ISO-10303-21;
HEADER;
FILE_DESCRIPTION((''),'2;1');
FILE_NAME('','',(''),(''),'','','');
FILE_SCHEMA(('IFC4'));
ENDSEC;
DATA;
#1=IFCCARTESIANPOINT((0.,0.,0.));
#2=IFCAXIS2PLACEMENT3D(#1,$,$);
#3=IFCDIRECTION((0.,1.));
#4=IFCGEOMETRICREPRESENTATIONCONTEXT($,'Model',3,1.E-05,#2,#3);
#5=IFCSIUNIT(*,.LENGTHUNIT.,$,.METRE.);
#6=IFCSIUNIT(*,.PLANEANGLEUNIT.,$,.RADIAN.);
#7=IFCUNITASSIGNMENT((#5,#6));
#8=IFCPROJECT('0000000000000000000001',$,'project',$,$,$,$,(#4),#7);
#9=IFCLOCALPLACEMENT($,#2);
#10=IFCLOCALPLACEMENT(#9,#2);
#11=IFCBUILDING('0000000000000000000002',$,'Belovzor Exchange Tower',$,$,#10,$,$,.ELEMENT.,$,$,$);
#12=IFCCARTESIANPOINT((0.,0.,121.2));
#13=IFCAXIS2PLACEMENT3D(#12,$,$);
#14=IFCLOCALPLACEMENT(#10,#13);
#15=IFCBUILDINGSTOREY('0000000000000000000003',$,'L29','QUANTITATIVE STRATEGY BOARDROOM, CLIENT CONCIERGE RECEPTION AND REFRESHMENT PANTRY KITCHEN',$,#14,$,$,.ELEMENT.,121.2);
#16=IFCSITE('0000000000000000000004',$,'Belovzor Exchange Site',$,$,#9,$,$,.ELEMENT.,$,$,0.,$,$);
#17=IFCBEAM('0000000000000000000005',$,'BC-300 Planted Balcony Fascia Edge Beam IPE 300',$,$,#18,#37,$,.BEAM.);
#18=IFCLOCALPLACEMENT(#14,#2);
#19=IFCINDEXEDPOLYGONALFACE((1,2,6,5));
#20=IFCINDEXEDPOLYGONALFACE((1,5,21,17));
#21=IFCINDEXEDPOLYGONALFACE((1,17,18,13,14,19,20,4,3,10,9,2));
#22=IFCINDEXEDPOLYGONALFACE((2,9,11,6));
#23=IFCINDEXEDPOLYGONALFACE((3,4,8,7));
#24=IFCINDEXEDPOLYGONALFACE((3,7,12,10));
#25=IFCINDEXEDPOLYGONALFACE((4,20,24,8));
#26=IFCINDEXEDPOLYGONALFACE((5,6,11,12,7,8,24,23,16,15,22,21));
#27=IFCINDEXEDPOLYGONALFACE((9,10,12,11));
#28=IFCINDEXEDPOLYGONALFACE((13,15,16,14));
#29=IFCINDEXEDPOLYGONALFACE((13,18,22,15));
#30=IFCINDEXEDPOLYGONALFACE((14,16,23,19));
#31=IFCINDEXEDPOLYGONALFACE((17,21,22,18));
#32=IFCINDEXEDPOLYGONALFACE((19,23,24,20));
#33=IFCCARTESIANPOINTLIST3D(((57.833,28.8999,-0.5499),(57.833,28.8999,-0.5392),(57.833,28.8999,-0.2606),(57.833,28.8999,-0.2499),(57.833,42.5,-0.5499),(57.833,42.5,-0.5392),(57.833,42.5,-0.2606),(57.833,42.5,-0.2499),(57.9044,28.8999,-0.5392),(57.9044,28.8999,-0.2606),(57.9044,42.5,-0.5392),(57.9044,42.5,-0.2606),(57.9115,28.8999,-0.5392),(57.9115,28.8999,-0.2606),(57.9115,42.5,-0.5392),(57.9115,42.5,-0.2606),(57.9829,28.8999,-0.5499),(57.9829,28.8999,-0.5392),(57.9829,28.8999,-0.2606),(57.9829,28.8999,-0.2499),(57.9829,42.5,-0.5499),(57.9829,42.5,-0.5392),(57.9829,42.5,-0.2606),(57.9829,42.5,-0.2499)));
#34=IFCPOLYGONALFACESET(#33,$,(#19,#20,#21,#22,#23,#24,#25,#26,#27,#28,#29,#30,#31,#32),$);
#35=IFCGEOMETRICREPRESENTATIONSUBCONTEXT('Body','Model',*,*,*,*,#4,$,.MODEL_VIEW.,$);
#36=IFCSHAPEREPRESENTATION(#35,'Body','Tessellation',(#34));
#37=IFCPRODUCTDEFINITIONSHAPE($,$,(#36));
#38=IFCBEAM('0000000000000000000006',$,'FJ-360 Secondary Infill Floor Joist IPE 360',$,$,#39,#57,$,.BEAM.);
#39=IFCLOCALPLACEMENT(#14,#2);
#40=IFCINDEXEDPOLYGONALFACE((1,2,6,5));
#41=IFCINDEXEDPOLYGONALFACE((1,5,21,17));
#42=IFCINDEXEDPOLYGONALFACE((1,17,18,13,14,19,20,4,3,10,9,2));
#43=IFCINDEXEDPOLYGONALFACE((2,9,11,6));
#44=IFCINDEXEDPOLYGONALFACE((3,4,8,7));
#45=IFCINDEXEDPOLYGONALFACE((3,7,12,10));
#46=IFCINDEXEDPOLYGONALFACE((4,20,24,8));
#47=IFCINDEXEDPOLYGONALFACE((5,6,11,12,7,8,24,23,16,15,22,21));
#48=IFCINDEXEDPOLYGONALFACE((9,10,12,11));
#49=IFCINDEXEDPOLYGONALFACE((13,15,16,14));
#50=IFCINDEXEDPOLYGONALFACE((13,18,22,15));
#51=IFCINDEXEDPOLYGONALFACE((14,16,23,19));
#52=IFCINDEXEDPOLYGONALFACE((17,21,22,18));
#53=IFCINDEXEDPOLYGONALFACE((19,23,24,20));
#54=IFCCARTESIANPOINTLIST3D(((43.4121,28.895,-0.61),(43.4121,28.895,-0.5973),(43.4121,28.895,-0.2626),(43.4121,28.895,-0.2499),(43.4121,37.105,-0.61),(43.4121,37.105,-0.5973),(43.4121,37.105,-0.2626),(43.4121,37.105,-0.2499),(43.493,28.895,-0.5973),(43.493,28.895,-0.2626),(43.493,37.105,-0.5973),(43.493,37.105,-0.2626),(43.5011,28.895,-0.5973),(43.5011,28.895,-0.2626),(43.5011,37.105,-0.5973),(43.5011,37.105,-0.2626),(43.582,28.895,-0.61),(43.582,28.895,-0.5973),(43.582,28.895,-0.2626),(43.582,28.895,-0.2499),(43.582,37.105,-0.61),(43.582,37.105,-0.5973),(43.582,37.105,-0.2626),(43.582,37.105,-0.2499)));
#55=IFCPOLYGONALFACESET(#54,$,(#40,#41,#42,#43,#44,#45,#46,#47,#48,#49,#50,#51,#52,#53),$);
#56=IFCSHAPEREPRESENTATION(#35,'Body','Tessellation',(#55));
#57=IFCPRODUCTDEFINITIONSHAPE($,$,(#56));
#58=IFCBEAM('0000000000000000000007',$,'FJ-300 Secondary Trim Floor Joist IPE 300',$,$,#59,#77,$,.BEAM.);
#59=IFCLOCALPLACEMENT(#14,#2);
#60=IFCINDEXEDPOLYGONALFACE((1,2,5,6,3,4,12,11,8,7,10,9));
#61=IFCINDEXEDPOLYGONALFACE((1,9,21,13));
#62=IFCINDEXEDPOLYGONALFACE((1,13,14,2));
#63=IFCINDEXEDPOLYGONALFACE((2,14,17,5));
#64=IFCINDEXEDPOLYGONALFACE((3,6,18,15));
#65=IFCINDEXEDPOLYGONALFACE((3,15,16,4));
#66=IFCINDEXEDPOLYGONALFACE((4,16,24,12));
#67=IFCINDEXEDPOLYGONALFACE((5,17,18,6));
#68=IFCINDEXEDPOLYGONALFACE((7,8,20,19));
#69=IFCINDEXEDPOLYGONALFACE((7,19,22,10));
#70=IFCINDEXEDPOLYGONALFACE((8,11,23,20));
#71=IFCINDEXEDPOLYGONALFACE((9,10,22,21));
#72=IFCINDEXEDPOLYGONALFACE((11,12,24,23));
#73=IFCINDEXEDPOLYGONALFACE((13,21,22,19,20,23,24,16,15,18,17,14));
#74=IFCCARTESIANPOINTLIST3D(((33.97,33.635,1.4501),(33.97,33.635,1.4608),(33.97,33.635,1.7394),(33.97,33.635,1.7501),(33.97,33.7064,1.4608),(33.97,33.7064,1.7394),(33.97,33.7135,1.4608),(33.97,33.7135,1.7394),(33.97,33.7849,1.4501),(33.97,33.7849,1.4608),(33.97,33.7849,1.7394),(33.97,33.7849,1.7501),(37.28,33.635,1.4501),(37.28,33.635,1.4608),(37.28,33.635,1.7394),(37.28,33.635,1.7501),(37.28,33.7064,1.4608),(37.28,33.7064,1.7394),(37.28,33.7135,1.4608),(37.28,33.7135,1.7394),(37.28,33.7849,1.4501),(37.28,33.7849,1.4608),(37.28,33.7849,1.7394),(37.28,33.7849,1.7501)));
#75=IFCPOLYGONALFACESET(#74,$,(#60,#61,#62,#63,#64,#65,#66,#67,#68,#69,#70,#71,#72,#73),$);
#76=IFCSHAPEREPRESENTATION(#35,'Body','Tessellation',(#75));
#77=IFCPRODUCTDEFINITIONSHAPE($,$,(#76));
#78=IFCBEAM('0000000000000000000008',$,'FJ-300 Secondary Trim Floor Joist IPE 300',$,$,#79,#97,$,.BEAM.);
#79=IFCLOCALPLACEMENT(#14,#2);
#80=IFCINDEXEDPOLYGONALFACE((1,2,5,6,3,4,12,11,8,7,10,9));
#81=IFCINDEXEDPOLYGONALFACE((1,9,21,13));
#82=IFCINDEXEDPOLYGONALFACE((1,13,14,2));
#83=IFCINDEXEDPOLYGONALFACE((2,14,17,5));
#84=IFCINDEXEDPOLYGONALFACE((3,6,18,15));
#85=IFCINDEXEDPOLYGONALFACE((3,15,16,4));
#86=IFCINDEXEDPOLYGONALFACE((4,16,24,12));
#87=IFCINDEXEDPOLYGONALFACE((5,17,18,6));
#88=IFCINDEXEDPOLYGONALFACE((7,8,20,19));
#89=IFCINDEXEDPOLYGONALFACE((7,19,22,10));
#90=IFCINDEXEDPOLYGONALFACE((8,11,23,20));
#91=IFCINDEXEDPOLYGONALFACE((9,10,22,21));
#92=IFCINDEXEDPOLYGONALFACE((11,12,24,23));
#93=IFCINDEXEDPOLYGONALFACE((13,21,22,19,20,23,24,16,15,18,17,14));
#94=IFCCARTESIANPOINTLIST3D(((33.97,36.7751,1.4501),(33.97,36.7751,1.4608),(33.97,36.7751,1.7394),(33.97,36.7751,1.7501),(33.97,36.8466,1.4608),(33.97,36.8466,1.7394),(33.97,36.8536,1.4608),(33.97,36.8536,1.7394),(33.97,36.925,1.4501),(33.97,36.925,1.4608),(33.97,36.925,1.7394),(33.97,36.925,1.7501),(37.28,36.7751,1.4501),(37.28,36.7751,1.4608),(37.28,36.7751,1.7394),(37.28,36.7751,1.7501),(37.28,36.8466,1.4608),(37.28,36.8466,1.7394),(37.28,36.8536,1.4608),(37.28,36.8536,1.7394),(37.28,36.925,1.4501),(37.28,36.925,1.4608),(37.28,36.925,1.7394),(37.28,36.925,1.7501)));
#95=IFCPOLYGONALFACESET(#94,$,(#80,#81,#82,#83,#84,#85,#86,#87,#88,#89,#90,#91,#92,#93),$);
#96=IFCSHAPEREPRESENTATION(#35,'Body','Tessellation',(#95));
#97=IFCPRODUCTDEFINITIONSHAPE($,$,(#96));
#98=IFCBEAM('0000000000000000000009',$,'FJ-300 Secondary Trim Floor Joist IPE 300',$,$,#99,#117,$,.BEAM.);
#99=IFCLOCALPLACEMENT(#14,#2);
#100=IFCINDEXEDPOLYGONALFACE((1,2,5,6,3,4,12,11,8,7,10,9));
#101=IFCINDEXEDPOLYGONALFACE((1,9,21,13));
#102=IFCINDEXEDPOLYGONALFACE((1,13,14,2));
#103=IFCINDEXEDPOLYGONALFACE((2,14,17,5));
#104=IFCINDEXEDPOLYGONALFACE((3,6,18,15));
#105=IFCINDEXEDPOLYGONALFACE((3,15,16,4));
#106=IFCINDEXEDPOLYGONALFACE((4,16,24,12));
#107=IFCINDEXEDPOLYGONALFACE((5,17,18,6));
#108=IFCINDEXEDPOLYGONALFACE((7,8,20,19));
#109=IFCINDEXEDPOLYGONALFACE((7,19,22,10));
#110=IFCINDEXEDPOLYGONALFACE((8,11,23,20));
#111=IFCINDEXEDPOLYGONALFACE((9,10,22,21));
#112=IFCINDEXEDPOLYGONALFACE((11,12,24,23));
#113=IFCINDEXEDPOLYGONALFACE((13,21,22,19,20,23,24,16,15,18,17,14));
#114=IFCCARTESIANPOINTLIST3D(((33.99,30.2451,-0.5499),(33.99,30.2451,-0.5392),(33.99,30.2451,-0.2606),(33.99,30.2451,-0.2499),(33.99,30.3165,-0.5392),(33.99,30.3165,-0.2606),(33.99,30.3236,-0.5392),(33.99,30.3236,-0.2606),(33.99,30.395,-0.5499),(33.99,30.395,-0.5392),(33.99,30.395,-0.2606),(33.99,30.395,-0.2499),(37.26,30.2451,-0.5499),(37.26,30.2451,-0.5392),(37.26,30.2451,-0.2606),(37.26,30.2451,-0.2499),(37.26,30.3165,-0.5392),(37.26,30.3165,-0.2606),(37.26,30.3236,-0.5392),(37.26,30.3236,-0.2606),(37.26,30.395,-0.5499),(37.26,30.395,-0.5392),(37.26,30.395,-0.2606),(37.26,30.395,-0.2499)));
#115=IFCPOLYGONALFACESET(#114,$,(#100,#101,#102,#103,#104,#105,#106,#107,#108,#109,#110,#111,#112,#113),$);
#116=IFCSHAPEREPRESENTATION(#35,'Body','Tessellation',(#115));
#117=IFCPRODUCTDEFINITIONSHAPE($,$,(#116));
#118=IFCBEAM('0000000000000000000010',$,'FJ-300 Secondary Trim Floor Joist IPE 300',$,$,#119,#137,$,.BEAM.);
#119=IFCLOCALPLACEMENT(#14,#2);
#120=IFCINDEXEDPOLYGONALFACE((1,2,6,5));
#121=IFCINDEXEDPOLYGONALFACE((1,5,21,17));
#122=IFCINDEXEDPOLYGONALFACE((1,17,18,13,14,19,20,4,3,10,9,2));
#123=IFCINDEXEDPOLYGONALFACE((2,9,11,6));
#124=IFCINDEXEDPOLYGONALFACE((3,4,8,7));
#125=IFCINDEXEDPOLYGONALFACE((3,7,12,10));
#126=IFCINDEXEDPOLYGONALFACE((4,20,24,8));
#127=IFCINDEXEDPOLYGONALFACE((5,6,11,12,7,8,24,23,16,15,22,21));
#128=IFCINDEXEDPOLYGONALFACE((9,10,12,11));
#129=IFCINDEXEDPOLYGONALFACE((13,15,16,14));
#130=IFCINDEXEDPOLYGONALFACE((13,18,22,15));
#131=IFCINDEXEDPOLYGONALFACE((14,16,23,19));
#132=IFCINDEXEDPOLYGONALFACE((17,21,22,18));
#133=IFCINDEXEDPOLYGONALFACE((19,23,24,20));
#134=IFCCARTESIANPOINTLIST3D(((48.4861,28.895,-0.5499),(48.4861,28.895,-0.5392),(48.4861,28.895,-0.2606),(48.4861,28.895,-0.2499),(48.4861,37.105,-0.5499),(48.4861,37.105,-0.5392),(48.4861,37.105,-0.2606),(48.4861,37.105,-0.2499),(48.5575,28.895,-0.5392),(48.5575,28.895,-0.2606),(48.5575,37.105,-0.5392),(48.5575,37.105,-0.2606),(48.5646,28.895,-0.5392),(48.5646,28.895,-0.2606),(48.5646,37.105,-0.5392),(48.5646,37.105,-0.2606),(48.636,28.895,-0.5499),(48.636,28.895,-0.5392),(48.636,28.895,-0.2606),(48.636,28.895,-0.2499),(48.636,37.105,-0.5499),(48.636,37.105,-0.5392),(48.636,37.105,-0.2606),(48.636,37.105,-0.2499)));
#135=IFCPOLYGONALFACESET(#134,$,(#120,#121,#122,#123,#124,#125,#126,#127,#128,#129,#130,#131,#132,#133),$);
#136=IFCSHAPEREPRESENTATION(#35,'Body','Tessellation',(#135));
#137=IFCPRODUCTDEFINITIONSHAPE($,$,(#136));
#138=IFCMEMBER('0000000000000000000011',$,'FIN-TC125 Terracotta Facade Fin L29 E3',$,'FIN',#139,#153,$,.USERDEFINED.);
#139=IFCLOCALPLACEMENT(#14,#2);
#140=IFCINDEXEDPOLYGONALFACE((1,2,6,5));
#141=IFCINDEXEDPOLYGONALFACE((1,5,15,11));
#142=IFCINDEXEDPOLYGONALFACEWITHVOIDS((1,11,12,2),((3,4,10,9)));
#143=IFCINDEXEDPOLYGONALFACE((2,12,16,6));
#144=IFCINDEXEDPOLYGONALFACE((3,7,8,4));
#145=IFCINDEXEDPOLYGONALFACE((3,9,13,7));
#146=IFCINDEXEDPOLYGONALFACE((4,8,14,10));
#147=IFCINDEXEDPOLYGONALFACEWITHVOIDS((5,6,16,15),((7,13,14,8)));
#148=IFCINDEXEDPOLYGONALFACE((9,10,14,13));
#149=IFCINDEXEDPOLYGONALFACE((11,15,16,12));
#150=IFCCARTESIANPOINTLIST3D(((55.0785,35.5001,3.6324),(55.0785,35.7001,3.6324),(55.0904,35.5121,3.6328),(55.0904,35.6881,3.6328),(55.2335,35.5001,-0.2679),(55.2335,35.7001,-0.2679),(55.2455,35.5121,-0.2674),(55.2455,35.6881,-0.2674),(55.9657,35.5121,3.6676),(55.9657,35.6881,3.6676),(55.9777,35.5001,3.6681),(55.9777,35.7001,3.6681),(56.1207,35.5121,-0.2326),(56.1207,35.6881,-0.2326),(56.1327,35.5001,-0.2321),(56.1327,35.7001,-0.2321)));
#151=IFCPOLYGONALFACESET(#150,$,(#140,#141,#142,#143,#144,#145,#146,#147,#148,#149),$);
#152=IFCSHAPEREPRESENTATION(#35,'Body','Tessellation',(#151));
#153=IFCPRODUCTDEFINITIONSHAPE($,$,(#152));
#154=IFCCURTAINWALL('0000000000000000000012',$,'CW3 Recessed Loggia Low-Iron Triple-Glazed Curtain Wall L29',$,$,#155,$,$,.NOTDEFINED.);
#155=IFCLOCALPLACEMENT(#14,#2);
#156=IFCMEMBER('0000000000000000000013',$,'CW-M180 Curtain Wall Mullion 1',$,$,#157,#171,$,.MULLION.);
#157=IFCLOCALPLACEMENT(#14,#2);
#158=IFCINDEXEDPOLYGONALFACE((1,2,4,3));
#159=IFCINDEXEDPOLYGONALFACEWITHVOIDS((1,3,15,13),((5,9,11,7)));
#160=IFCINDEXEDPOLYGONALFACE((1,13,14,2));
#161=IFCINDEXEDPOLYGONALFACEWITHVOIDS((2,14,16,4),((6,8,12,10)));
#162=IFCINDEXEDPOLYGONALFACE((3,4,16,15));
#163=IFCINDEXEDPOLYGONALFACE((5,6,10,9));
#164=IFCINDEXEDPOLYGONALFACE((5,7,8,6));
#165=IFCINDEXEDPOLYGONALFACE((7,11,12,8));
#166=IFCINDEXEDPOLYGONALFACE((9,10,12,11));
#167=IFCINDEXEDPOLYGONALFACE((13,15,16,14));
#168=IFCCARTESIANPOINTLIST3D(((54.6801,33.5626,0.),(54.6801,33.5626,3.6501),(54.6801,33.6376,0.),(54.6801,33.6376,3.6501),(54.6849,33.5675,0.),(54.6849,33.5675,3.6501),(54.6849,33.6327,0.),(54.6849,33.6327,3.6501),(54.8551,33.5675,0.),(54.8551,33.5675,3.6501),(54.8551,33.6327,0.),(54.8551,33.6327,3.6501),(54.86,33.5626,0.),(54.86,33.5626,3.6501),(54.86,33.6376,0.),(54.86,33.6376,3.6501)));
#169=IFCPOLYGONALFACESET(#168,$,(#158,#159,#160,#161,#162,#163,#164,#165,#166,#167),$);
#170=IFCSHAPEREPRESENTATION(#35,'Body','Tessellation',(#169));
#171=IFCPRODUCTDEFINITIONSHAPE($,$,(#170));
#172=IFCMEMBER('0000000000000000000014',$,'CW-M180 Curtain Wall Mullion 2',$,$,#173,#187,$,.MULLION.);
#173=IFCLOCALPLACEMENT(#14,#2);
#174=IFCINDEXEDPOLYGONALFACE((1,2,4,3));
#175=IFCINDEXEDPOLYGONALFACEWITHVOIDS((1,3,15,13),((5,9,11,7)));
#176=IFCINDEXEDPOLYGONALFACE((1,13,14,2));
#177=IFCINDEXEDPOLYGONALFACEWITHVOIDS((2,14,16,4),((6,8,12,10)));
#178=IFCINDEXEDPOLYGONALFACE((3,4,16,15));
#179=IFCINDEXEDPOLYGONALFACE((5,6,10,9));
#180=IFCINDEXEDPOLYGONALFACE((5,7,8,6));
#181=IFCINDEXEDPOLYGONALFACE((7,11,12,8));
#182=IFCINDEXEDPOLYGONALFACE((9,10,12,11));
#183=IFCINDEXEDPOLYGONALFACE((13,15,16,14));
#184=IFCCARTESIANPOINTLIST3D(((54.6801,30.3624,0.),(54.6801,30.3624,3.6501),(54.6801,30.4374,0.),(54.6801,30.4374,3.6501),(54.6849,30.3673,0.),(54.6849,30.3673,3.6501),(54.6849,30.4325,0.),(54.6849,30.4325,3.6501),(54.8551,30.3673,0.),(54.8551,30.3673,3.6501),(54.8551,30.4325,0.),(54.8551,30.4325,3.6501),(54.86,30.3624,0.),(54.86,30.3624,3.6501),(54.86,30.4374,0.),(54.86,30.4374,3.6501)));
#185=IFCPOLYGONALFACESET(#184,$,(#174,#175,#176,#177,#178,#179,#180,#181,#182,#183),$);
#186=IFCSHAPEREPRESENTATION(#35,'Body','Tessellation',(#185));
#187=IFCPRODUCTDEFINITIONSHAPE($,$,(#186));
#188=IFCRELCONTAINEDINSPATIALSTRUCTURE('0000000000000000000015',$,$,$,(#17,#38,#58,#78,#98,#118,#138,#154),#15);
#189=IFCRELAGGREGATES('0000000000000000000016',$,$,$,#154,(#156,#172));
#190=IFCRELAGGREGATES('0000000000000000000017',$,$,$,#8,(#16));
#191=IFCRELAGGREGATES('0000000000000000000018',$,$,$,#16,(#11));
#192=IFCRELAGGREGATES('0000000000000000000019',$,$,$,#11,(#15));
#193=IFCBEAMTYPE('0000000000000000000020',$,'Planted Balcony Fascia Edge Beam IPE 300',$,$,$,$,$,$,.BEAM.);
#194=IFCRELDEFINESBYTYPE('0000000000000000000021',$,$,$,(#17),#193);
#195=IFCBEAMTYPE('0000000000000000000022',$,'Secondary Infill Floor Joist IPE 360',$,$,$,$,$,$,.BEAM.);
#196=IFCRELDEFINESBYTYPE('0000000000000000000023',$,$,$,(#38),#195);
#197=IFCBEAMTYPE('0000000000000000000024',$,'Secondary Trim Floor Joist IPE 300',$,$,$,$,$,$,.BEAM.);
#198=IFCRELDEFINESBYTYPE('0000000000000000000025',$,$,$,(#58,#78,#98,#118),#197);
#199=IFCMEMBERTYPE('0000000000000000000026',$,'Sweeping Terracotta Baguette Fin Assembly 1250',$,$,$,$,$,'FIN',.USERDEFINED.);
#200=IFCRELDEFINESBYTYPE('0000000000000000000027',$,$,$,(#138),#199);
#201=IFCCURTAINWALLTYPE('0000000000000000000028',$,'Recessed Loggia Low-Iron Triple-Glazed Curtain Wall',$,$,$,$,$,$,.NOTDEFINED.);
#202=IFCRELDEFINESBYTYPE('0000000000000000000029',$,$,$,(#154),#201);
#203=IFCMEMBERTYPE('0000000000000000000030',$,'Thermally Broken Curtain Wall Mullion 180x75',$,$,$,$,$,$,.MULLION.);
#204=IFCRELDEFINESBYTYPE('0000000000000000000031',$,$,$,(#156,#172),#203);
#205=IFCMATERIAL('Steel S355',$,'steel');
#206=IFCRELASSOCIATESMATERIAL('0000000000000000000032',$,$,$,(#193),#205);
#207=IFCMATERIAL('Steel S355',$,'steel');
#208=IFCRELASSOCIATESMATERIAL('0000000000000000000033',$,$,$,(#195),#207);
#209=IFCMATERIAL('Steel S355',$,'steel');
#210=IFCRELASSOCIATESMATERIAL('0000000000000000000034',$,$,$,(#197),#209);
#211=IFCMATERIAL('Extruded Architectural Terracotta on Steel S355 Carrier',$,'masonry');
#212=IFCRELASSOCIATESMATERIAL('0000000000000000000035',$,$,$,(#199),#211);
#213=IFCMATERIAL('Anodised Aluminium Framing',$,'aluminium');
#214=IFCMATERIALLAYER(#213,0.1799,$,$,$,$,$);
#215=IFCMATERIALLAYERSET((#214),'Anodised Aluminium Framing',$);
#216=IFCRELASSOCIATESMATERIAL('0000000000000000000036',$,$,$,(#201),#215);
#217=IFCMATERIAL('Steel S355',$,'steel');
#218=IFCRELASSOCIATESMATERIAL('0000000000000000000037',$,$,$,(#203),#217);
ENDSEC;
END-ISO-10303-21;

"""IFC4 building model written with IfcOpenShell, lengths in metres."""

from ifc_helpers import new_model, si_unit, direction, frame, origin, origin_2d, place, context, subcontext, project, spatial, hollow_rectangle, i_section, extrude, material, layer, layer_set, material_profile, profile_set, type_object, element, aggregate, save


model = new_model("IFC4")

# Units and contexts
model_context = context("Model", 3, precision=1e-05, world=origin(), true_north=direction((0.0, 1.0)))
body_context = subcontext(model_context, "Body", "Model", "MODEL_VIEW")
ifc_project = project(units=[si_unit("LENGTHUNIT", "METRE"), si_unit("PLANEANGLEUNIT", "RADIAN")], contexts=[model_context])

# Site, building, storey
site_placement = place(None, origin())
site = spatial("IfcSite", under=ifc_project, at=site_placement, Name="Belovzor Exchange Site", CompositionType="ELEMENT", RefElevation=0.0)
building_placement = place(site_placement, origin())
building = spatial("IfcBuilding", under=site, at=building_placement, Name="Belovzor Exchange Tower", CompositionType="ELEMENT")
storey_placement = place(building_placement, frame((0.0, 0.0, 121.2)))
storey = spatial("IfcBuildingStorey", under=building, at=storey_placement, Name="L29", Description="QUANTITATIVE STRATEGY BOARDROOM, CLIENT CONCIERGE RECEPTION AND REFRESHMENT PANTRY KITCHEN", CompositionType="ELEMENT", Elevation=121.2)

# Beams
ifc_material_1 = material(Name="Steel S355", Category="steel")
ifc_material_profile_1 = material_profile(ifc_material_1, i_section(OverallWidth=0.1499, OverallDepth=0.3, WebThickness=0.0071, FlangeThickness=0.0107, at=origin_2d()))
ifc_profile_set_1 = profile_set([ifc_material_profile_1], Name="Steel S355")
beam_type_1 = type_object("IfcBeamType", Name="Planted Balcony Fascia Edge Beam IPE 300", PredefinedType="BEAM", material=ifc_profile_set_1)
beam_1_placement = place(storey_placement, frame((57.908, 28.8999, -0.3999), z_axis=(0.0, 1.0, 0.0), x_axis=(-1.0, 0.0, 0.0)))
element("IfcBeam", 1, at=beam_1_placement, inside=storey, type_object=beam_type_1, Name="BC-300 Planted Balcony Fascia Edge Beam IPE 300", PredefinedType="BEAM", context=body_context, shape_type="SweptSolid", body=[
    extrude(i_section(OverallWidth=0.1499, OverallDepth=0.3, WebThickness=0.0071, FlangeThickness=0.0107, at=origin_2d()), origin(), (0.0, 0.0, 1.0), 13.6001),
])
ifc_material_2 = material(Name="Steel S355", Category="steel")
ifc_material_profile_2 = material_profile(ifc_material_2, i_section(OverallWidth=0.1699, OverallDepth=0.3601, WebThickness=0.0081, FlangeThickness=0.0127, at=origin_2d()))
ifc_profile_set_2 = profile_set([ifc_material_profile_2], Name="Steel S355")
beam_type_2 = type_object("IfcBeamType", Name="Secondary Infill Floor Joist IPE 360", PredefinedType="BEAM", material=ifc_profile_set_2)
beam_2_placement = place(storey_placement, frame((43.4971, 28.895, -0.4299), z_axis=(0.0, 1.0, 0.0), x_axis=(-1.0, 0.0, 0.0)))
element("IfcBeam", 2, at=beam_2_placement, inside=storey, type_object=beam_type_2, Name="FJ-360 Secondary Infill Floor Joist IPE 360", PredefinedType="BEAM", context=body_context, shape_type="SweptSolid", body=[
    extrude(i_section(OverallWidth=0.1699, OverallDepth=0.3601, WebThickness=0.0081, FlangeThickness=0.0127, at=origin_2d()), origin(), (0.0, 0.0, 1.0), 8.21),
])
ifc_material_3 = material(Name="Steel S355", Category="steel")
ifc_material_profile_3 = material_profile(ifc_material_3, i_section(OverallWidth=0.1499, OverallDepth=0.3, WebThickness=0.0071, FlangeThickness=0.0107, at=origin_2d()))
ifc_profile_set_3 = profile_set([ifc_material_profile_3], Name="Steel S355")
beam_type_3 = type_object("IfcBeamType", Name="Secondary Trim Floor Joist IPE 300", PredefinedType="BEAM", material=ifc_profile_set_3)
for number, where, z_axis, x_axis, name in (
    (3, (37.28, 33.71, 1.6001), (-1.0, 0.0, 0.0), (0.0, -1.0, 0.0), "FJ-300 Secondary Trim Floor Joist IPE 300"),
    (4, (37.28, 36.8501, 1.6001), (-1.0, 0.0, 0.0), (0.0, -1.0, 0.0), "FJ-300 Secondary Trim Floor Joist IPE 300"),
):
    element("IfcBeam", number, at=place(storey_placement, frame(where, z_axis=z_axis, x_axis=x_axis)), inside=storey, type_object=beam_type_3, Name=name, PredefinedType="BEAM", context=body_context, shape_type="SweptSolid", body=[
        extrude(i_section(OverallWidth=0.1499, OverallDepth=0.3, WebThickness=0.0071, FlangeThickness=0.0107, at=origin_2d()), origin(), (0.0, 0.0, 1.0), 3.3101),
    ])
beam_3_placement = place(storey_placement, frame((37.26, 30.3201, -0.3999), z_axis=(-1.0, 0.0, 0.0), x_axis=(0.0, -1.0, 0.0)))
element("IfcBeam", 5, at=beam_3_placement, inside=storey, type_object=beam_type_3, Name="FJ-300 Secondary Trim Floor Joist IPE 300", PredefinedType="BEAM", context=body_context, shape_type="SweptSolid", body=[
    extrude(i_section(OverallWidth=0.1499, OverallDepth=0.3, WebThickness=0.0071, FlangeThickness=0.0107, at=origin_2d()), origin(), (0.0, 0.0, 1.0), 3.27),
])
beam_4_placement = place(storey_placement, frame((48.561, 28.895, -0.3999), z_axis=(0.0, 1.0, 0.0), x_axis=(-1.0, 0.0, 0.0)))
element("IfcBeam", 6, at=beam_4_placement, inside=storey, type_object=beam_type_3, Name="FJ-300 Secondary Trim Floor Joist IPE 300", PredefinedType="BEAM", context=body_context, shape_type="SweptSolid", body=[
    extrude(i_section(OverallWidth=0.1499, OverallDepth=0.3, WebThickness=0.0071, FlangeThickness=0.0107, at=origin_2d()), origin(), (0.0, 0.0, 1.0), 8.21),
])

# Member
ifc_material_4 = material(Name="Extruded Architectural Terracotta on Steel S355 Carrier", Category="masonry")
ifc_material_profile_4 = material_profile(ifc_material_4, hollow_rectangle(XDim=0.2, YDim=0.8999, WallThickness=0.012, at=origin_2d()))
ifc_profile_set_4 = profile_set([ifc_material_profile_4], Name="Extruded Architectural Terracotta on Steel S355 Carrier")
member_type_1 = type_object("IfcMemberType", Name="Sweeping Terracotta Baguette Fin Assembly 1250", ElementType="FIN", PredefinedType="USERDEFINED", material=ifc_profile_set_4)
member_1_placement = place(storey_placement, frame((55.6831, 35.6001, -0.25), z_axis=(-0.039718, 0.0, 0.999211), x_axis=(0.0, -1.0, 0.0)))
element("IfcMember", 7, at=member_1_placement, inside=storey, type_object=member_type_1, Name="FIN-TC125 Terracotta Facade Fin L29 E3", ObjectType="FIN", PredefinedType="USERDEFINED", context=body_context, shape_type="SweptSolid", body=[
    extrude(hollow_rectangle(XDim=0.2, YDim=0.8999, WallThickness=0.012, at=origin_2d()), origin(), (0.0, 0.0, 1.0), 3.9033),
])

# Curtain wall, members
ifc_material_5 = material(Name="Anodised Aluminium Framing", Category="aluminium")
ifc_layer_1 = layer(ifc_material_5, 0.1799)
ifc_layer_set_1 = layer_set([ifc_layer_1], Name="Anodised Aluminium Framing")
curtain_wall_type = type_object("IfcCurtainWallType", Name="Recessed Loggia Low-Iron Triple-Glazed Curtain Wall", PredefinedType="NOTDEFINED", material=ifc_layer_set_1)
curtain_wall_placement = place(storey_placement, origin())
curtain_wall = element("IfcCurtainWall", 8, at=curtain_wall_placement, inside=storey, type_object=curtain_wall_type, Name="CW3 Recessed Loggia Low-Iron Triple-Glazed Curtain Wall L29", PredefinedType="NOTDEFINED")
ifc_material_6 = material(Name="Steel S355", Category="steel")
ifc_material_profile_5 = material_profile(ifc_material_6, hollow_rectangle(XDim=0.075, YDim=0.1799, WallThickness=0.0049, at=origin_2d()))
ifc_profile_set_5 = profile_set([ifc_material_profile_5], Name="Steel S355")
member_type_2 = type_object("IfcMemberType", Name="Thermally Broken Curtain Wall Mullion 180x75", PredefinedType="MULLION", material=ifc_profile_set_5)
member_2_placement = place(storey_placement, frame((54.77, 33.6001, 0.0), z_axis=(0.0, 0.0, 1.0), x_axis=(0.0, -1.0, 0.0)))
member_2 = element("IfcMember", 9, at=member_2_placement, type_object=member_type_2, Name="CW-M180 Curtain Wall Mullion 1", PredefinedType="MULLION", context=body_context, shape_type="SweptSolid", body=[
    extrude(hollow_rectangle(XDim=0.075, YDim=0.1799, WallThickness=0.0049, at=origin_2d()), origin(), (0.0, 0.0, 1.0), 3.6501),
])
member_3_placement = place(storey_placement, frame((54.77, 30.3999, 0.0), z_axis=(0.0, 0.0, 1.0), x_axis=(0.0, -1.0, 0.0)))
member_3 = element("IfcMember", 10, at=member_3_placement, type_object=member_type_2, Name="CW-M180 Curtain Wall Mullion 2", PredefinedType="MULLION", context=body_context, shape_type="SweptSolid", body=[
    extrude(hollow_rectangle(XDim=0.075, YDim=0.1799, WallThickness=0.0049, at=origin_2d()), origin(), (0.0, 0.0, 1.0), 3.6501),
])

aggregate(curtain_wall, [member_2, member_3])

save(model, "model.ifc")
